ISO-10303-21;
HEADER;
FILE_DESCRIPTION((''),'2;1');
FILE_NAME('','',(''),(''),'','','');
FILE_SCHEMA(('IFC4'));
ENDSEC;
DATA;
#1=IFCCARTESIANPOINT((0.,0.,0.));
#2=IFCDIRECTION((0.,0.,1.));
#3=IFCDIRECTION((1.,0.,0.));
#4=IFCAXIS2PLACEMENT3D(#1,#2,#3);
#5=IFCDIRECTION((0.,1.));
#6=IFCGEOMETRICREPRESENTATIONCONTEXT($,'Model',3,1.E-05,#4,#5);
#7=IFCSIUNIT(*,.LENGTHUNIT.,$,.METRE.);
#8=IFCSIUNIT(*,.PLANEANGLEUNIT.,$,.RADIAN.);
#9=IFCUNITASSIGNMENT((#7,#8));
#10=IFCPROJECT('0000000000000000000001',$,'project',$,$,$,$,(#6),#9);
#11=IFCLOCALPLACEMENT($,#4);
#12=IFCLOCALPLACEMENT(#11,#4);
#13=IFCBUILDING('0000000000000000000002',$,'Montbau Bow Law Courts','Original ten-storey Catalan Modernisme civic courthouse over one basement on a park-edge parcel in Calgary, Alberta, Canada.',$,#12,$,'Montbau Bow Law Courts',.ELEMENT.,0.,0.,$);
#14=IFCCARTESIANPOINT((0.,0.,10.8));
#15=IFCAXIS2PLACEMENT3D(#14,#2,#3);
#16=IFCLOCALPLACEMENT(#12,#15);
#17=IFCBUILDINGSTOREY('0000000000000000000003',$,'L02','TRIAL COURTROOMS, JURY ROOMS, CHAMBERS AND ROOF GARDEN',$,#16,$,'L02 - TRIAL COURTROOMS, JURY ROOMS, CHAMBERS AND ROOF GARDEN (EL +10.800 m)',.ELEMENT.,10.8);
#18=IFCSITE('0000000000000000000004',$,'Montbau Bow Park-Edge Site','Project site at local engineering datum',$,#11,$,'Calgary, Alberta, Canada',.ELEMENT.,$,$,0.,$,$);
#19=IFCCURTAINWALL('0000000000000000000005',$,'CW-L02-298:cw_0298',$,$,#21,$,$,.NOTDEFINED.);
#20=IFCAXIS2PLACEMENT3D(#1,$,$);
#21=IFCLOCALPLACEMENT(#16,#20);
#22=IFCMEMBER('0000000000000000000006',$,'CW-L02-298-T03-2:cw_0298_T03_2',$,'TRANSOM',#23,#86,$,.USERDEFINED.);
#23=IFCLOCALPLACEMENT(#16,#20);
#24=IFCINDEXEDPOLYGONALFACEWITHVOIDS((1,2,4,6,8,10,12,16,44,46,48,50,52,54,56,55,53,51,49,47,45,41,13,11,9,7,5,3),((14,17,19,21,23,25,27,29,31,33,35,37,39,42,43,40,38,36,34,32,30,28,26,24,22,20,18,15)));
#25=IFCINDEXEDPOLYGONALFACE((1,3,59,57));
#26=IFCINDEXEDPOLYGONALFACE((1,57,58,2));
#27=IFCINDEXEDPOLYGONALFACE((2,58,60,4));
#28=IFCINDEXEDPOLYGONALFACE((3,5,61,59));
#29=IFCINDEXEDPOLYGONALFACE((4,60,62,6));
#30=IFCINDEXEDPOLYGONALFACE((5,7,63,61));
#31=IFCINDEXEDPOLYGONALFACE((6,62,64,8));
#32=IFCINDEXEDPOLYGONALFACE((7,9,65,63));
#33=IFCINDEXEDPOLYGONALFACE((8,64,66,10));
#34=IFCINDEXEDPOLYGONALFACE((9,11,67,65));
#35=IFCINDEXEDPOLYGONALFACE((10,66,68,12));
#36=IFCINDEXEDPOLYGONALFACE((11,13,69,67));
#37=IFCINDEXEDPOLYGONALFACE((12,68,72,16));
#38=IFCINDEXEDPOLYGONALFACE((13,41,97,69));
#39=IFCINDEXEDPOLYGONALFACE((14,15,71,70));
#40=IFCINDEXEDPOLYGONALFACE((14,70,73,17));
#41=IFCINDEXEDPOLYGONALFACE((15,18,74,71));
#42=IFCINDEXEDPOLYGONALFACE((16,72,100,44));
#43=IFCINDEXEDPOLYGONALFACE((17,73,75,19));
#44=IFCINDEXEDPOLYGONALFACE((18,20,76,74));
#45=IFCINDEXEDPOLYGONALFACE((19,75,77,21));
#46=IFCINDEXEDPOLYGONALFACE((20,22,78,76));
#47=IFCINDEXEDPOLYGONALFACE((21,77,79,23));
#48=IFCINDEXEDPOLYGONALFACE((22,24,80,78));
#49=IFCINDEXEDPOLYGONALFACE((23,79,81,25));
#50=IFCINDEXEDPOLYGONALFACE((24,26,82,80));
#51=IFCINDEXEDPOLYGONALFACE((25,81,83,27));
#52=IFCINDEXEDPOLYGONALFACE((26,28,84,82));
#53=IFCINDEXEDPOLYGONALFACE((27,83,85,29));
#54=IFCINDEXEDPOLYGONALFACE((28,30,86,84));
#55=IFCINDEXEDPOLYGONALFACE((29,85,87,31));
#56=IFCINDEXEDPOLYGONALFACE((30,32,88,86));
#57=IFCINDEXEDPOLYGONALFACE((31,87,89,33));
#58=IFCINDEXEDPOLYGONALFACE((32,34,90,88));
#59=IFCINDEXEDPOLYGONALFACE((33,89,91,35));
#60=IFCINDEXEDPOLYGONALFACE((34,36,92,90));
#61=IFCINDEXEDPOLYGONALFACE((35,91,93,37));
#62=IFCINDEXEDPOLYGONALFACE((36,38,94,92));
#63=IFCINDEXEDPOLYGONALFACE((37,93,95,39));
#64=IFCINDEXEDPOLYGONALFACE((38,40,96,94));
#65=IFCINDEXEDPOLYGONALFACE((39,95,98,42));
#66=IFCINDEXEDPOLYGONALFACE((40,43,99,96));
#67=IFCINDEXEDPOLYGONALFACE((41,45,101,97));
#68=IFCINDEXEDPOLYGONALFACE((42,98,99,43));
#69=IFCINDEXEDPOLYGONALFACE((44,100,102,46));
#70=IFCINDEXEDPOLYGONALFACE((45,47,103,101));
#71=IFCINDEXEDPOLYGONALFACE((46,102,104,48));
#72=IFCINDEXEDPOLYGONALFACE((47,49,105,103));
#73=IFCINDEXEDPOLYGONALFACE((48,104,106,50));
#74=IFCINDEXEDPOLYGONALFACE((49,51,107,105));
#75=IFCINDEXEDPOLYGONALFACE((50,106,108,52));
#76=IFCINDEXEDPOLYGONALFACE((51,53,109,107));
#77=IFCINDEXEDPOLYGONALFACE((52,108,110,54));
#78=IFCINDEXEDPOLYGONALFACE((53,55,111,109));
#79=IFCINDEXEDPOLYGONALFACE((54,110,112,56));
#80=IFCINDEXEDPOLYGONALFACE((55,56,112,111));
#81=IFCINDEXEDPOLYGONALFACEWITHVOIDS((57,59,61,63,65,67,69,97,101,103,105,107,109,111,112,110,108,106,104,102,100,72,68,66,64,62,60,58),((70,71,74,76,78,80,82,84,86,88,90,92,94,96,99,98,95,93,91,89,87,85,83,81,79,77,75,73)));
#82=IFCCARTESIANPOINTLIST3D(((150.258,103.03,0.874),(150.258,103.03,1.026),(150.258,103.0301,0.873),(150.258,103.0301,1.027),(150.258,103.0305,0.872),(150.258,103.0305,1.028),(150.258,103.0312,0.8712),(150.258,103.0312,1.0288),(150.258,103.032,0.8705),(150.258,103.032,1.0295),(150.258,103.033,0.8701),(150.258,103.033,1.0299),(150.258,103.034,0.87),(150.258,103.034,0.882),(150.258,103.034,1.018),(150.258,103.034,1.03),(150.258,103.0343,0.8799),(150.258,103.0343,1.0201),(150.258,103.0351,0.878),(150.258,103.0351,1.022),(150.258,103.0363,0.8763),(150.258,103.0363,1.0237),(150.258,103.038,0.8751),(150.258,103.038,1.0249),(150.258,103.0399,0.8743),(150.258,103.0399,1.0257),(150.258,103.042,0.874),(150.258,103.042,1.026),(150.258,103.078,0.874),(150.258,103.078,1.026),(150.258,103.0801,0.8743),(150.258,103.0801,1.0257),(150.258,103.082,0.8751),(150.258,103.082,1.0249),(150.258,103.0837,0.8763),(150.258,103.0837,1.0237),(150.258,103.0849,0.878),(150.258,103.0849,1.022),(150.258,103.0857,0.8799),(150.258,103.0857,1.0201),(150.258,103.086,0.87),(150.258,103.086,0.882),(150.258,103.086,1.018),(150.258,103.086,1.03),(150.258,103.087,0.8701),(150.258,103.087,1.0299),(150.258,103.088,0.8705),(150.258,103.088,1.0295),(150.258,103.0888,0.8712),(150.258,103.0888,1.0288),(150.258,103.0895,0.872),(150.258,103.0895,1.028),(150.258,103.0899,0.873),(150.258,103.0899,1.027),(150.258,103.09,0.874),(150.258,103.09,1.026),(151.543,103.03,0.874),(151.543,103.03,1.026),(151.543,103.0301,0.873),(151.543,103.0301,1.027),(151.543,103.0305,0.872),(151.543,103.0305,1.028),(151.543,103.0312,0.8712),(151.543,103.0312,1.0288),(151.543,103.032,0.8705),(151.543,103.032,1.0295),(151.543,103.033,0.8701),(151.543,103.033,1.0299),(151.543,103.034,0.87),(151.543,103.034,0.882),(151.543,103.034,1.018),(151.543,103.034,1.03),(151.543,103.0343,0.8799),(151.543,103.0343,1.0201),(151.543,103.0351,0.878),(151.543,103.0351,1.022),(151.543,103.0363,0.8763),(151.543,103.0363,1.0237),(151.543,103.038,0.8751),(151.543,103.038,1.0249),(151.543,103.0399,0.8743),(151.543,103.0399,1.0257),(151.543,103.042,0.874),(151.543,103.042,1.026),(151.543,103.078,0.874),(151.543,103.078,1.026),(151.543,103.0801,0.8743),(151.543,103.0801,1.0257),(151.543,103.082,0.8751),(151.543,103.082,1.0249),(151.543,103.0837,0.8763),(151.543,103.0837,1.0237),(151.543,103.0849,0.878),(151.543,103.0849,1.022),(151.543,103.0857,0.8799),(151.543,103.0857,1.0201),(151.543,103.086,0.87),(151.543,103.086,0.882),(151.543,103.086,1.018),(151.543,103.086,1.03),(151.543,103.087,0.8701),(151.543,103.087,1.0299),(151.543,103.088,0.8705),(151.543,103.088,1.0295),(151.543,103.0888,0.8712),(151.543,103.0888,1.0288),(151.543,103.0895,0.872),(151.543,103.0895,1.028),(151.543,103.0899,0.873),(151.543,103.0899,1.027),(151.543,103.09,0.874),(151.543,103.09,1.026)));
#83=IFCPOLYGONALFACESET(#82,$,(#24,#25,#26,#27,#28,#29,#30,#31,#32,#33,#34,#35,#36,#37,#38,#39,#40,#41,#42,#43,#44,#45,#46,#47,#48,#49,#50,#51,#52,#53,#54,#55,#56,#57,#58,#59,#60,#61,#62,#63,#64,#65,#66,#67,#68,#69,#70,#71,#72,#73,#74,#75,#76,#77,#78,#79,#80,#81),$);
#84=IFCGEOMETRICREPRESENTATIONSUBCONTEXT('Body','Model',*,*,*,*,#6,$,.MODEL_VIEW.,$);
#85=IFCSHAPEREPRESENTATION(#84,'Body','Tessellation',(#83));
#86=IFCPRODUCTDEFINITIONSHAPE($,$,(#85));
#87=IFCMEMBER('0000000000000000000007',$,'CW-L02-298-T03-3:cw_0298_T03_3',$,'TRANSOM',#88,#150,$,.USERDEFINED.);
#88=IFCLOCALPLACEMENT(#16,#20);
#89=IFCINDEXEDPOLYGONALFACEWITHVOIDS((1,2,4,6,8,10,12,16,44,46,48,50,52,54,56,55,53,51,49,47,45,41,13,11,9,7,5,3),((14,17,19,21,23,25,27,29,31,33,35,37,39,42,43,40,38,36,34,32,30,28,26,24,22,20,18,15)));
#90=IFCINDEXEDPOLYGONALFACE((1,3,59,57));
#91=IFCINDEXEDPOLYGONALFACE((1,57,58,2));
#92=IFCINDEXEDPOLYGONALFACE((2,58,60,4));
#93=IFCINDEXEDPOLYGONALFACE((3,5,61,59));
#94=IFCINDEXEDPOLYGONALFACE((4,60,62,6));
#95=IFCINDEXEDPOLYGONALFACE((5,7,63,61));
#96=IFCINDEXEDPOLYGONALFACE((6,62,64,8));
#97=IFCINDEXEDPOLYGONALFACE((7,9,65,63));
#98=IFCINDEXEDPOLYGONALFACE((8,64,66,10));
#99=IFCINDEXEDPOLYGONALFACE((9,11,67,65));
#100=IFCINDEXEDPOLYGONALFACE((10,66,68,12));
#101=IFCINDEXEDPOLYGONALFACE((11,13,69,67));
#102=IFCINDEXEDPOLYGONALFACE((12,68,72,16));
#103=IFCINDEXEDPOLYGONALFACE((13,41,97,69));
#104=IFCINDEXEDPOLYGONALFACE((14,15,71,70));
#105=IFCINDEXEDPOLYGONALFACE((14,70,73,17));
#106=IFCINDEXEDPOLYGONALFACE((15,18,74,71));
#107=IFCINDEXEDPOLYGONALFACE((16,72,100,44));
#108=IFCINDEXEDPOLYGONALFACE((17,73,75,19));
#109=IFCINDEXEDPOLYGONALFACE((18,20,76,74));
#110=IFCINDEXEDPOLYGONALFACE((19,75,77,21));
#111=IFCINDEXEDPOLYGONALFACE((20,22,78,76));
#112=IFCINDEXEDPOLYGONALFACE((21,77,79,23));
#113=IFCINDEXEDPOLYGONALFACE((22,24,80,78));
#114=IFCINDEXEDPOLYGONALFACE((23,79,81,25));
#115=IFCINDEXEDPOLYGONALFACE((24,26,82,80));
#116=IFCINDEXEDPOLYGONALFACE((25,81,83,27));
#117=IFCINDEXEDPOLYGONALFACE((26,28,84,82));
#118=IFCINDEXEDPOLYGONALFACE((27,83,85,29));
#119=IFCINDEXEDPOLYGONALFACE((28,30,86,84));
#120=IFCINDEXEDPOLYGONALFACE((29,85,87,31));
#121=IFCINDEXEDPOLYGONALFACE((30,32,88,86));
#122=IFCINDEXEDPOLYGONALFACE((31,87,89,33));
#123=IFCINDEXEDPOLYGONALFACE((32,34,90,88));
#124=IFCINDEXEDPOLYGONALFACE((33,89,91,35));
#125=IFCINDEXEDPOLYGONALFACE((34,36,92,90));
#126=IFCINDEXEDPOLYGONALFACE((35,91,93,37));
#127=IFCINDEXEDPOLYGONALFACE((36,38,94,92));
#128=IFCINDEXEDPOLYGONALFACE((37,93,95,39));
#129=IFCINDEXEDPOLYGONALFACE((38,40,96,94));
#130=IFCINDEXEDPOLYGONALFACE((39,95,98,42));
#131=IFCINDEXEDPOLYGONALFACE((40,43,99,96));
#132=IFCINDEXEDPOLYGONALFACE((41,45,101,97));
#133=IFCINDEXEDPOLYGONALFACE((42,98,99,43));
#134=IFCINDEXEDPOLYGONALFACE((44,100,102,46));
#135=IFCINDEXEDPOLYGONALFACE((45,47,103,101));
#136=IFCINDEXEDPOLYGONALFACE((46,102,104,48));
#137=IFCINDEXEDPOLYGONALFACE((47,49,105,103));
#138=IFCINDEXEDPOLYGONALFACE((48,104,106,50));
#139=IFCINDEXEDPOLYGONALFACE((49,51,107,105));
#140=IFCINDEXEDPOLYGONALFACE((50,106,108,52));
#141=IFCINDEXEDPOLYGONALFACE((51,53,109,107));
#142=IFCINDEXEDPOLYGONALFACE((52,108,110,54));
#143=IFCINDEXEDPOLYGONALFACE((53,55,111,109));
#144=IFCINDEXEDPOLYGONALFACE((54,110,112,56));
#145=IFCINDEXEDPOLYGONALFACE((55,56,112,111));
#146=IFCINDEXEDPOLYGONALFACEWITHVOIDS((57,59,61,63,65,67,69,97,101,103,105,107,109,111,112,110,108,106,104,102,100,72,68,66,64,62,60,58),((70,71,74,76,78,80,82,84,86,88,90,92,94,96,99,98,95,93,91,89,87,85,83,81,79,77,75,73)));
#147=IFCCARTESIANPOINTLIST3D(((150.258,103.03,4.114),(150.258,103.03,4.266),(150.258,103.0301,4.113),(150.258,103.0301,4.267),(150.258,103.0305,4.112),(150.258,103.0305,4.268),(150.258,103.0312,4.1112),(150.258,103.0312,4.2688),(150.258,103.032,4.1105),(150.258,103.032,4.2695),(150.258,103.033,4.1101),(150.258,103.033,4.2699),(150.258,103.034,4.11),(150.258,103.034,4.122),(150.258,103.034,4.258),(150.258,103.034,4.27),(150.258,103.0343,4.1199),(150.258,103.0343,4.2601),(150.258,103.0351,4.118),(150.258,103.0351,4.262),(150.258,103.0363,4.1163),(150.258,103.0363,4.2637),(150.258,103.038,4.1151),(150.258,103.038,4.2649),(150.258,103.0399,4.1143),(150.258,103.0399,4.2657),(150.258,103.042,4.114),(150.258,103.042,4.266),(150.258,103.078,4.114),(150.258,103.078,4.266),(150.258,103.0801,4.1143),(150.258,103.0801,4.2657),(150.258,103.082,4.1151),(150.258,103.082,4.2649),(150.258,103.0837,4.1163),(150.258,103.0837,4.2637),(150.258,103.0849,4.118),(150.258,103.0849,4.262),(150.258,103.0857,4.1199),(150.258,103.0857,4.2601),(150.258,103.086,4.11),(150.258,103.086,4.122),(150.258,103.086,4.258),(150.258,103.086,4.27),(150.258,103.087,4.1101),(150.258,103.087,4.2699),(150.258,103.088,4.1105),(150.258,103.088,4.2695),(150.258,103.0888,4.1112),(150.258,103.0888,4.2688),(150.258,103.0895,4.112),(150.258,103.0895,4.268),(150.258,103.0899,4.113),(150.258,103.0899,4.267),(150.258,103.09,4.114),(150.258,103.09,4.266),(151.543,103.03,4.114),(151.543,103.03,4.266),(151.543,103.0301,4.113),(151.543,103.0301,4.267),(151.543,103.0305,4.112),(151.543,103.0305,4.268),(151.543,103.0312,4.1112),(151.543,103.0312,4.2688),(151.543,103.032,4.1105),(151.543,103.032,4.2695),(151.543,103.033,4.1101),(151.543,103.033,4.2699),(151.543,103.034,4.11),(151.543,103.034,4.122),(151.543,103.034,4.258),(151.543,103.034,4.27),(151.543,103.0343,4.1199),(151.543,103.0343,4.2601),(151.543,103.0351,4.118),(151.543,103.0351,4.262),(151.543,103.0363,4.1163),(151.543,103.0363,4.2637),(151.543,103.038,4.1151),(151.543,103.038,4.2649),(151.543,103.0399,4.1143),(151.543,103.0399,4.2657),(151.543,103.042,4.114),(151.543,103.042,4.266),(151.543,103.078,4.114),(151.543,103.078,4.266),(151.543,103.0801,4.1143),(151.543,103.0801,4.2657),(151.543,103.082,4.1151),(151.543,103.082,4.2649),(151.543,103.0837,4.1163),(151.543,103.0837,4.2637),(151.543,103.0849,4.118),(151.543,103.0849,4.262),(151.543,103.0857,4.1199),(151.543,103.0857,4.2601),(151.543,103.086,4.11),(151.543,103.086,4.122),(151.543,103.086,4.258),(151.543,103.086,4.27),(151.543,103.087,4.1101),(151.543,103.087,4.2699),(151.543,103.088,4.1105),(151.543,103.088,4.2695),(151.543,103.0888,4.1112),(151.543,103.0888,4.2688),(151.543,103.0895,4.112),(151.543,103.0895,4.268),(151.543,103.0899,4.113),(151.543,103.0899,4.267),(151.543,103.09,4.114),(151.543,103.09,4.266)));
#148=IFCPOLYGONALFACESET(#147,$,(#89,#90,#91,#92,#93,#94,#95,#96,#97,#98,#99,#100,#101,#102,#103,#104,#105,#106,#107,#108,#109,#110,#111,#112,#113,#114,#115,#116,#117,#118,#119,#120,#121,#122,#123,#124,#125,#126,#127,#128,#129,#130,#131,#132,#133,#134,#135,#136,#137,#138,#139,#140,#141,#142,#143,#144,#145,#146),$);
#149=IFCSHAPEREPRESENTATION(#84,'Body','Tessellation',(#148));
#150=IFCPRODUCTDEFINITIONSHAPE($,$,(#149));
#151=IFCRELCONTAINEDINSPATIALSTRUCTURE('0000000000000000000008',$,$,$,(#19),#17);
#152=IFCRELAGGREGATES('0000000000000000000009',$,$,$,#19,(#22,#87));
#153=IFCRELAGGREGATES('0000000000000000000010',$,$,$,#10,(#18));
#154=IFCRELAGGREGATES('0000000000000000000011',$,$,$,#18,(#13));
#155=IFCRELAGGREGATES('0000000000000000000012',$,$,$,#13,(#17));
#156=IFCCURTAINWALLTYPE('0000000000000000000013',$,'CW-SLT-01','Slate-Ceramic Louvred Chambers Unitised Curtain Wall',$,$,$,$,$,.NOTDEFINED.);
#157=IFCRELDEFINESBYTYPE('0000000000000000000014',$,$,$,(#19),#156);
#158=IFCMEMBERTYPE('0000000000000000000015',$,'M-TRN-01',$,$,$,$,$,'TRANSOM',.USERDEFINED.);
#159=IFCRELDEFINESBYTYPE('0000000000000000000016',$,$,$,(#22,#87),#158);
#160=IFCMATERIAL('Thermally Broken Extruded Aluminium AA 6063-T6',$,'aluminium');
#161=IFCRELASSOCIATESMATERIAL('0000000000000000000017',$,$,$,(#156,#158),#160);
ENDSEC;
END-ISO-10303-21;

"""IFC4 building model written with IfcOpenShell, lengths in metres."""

from ifc_helpers import new_model, si_unit, direction, frame, origin_with_axes, origin_2d_with_axis, place, context, subcontext, project, spatial, hollow_rectangle, extrude, material, material_profile, profile_set, type_object, element, aggregate, save


model = new_model("IFC4")

# Units and contexts
model_context = context("Model", 3, precision=1e-05, world=origin_with_axes(), true_north=direction((0.0, 1.0)))
body_context = subcontext(model_context, "Body", "Model", "MODEL_VIEW")
ifc_project = project(units=[si_unit("LENGTHUNIT", "METRE"), si_unit("PLANEANGLEUNIT", "RADIAN")], contexts=[model_context])

# Site, building, storey
site_placement = place(None, origin_with_axes())
site = spatial("IfcSite", under=ifc_project, at=site_placement, Name="Montbau Bow Park-Edge Site", Description="Project site at local engineering datum", LongName="Calgary, Alberta, Canada", CompositionType="ELEMENT", RefElevation=0.0)
building_placement = place(site_placement, origin_with_axes())
building = spatial("IfcBuilding", under=site, at=building_placement, Name="Montbau Bow Law Courts", Description="Original ten-storey Catalan Modernisme civic courthouse over one basement on a park-edge parcel in Calgary, Alberta, Canada.", LongName="Montbau Bow Law Courts", CompositionType="ELEMENT", ElevationOfRefHeight=0.0, ElevationOfTerrain=0.0)
storey_placement = place(building_placement, frame((0.0, 0.0, 10.8), z_axis=(0.0, 0.0, 1.0), x_axis=(1.0, 0.0, 0.0)))
storey = spatial("IfcBuildingStorey", under=building, at=storey_placement, Name="L02", Description="TRIAL COURTROOMS, JURY ROOMS, CHAMBERS AND ROOF GARDEN", LongName="L02 - TRIAL COURTROOMS, JURY ROOMS, CHAMBERS AND ROOF GARDEN (EL +10.800 m)", CompositionType="ELEMENT", Elevation=10.8)

# Curtain wall, members
ifc_material_1 = material(Name="Thermally Broken Extruded Aluminium AA 6063-T6", Category="aluminium")
curtain_wall_type = type_object("IfcCurtainWallType", Name="CW-SLT-01", Description="Slate-Ceramic Louvred Chambers Unitised Curtain Wall", PredefinedType="NOTDEFINED", material=ifc_material_1)
curtain_wall_1_placement = place(None, frame((147.515, 103.06, 10.8), z_axis=(0.0, 0.0, 1.0), x_axis=(1.0, 0.0, 0.0)))
curtain_wall_1 = element("IfcCurtainWall", 1, at=curtain_wall_1_placement, inside=storey, type_object=curtain_wall_type, Name="CW-L02-298:cw_0298", PredefinedType="NOTDEFINED")
ifc_material_profile_1 = material_profile(ifc_material_1, hollow_rectangle(XDim=0.06, YDim=0.16, WallThickness=0.004, InnerFilletRadius=0.008, OuterFilletRadius=0.004, at=origin_2d_with_axis()), Name="CWT-160X60", Category="Main", Priority=0)
ifc_profile_set_1 = profile_set([ifc_material_profile_1], Name="Thermally Broken Extruded Aluminium AA 6063-T6")
member_type_1 = type_object("IfcMemberType", Name="M-TRN-01", ElementType="TRANSOM", PredefinedType="USERDEFINED", material=ifc_profile_set_1)
member_1_placement = place(None, frame((150.258, 103.06, 11.75), z_axis=(1.0, 0.0, 0.0), x_axis=(0.0, 1.0, 0.0)))
member_1 = element("IfcMember", 2, at=member_1_placement, type_object=member_type_1, Name="CW-L02-298-T03-2:cw_0298_T03_2", ObjectType="TRANSOM", PredefinedType="USERDEFINED", context=body_context, shape_type="SweptSolid", body=[
    extrude(hollow_rectangle(XDim=0.06, YDim=0.16, WallThickness=0.004, InnerFilletRadius=0.008, OuterFilletRadius=0.004, at=origin_2d_with_axis()), origin_with_axes(), (0.0, 0.0, 1.0), 1.285),
])
member_2_placement = place(None, frame((150.258, 103.06, 14.99), z_axis=(1.0, 0.0, 0.0), x_axis=(0.0, 1.0, 0.0)))
member_2 = element("IfcMember", 3, at=member_2_placement, type_object=member_type_1, Name="CW-L02-298-T03-3:cw_0298_T03_3", ObjectType="TRANSOM", PredefinedType="USERDEFINED", context=body_context, shape_type="SweptSolid", body=[
    extrude(hollow_rectangle(XDim=0.06, YDim=0.16, WallThickness=0.004, InnerFilletRadius=0.008, OuterFilletRadius=0.004, at=origin_2d_with_axis()), origin_with_axes(), (0.0, 0.0, 1.0), 1.285),
])

aggregate(curtain_wall_1, [member_1, member_2])

save(model, "model.ifc")
